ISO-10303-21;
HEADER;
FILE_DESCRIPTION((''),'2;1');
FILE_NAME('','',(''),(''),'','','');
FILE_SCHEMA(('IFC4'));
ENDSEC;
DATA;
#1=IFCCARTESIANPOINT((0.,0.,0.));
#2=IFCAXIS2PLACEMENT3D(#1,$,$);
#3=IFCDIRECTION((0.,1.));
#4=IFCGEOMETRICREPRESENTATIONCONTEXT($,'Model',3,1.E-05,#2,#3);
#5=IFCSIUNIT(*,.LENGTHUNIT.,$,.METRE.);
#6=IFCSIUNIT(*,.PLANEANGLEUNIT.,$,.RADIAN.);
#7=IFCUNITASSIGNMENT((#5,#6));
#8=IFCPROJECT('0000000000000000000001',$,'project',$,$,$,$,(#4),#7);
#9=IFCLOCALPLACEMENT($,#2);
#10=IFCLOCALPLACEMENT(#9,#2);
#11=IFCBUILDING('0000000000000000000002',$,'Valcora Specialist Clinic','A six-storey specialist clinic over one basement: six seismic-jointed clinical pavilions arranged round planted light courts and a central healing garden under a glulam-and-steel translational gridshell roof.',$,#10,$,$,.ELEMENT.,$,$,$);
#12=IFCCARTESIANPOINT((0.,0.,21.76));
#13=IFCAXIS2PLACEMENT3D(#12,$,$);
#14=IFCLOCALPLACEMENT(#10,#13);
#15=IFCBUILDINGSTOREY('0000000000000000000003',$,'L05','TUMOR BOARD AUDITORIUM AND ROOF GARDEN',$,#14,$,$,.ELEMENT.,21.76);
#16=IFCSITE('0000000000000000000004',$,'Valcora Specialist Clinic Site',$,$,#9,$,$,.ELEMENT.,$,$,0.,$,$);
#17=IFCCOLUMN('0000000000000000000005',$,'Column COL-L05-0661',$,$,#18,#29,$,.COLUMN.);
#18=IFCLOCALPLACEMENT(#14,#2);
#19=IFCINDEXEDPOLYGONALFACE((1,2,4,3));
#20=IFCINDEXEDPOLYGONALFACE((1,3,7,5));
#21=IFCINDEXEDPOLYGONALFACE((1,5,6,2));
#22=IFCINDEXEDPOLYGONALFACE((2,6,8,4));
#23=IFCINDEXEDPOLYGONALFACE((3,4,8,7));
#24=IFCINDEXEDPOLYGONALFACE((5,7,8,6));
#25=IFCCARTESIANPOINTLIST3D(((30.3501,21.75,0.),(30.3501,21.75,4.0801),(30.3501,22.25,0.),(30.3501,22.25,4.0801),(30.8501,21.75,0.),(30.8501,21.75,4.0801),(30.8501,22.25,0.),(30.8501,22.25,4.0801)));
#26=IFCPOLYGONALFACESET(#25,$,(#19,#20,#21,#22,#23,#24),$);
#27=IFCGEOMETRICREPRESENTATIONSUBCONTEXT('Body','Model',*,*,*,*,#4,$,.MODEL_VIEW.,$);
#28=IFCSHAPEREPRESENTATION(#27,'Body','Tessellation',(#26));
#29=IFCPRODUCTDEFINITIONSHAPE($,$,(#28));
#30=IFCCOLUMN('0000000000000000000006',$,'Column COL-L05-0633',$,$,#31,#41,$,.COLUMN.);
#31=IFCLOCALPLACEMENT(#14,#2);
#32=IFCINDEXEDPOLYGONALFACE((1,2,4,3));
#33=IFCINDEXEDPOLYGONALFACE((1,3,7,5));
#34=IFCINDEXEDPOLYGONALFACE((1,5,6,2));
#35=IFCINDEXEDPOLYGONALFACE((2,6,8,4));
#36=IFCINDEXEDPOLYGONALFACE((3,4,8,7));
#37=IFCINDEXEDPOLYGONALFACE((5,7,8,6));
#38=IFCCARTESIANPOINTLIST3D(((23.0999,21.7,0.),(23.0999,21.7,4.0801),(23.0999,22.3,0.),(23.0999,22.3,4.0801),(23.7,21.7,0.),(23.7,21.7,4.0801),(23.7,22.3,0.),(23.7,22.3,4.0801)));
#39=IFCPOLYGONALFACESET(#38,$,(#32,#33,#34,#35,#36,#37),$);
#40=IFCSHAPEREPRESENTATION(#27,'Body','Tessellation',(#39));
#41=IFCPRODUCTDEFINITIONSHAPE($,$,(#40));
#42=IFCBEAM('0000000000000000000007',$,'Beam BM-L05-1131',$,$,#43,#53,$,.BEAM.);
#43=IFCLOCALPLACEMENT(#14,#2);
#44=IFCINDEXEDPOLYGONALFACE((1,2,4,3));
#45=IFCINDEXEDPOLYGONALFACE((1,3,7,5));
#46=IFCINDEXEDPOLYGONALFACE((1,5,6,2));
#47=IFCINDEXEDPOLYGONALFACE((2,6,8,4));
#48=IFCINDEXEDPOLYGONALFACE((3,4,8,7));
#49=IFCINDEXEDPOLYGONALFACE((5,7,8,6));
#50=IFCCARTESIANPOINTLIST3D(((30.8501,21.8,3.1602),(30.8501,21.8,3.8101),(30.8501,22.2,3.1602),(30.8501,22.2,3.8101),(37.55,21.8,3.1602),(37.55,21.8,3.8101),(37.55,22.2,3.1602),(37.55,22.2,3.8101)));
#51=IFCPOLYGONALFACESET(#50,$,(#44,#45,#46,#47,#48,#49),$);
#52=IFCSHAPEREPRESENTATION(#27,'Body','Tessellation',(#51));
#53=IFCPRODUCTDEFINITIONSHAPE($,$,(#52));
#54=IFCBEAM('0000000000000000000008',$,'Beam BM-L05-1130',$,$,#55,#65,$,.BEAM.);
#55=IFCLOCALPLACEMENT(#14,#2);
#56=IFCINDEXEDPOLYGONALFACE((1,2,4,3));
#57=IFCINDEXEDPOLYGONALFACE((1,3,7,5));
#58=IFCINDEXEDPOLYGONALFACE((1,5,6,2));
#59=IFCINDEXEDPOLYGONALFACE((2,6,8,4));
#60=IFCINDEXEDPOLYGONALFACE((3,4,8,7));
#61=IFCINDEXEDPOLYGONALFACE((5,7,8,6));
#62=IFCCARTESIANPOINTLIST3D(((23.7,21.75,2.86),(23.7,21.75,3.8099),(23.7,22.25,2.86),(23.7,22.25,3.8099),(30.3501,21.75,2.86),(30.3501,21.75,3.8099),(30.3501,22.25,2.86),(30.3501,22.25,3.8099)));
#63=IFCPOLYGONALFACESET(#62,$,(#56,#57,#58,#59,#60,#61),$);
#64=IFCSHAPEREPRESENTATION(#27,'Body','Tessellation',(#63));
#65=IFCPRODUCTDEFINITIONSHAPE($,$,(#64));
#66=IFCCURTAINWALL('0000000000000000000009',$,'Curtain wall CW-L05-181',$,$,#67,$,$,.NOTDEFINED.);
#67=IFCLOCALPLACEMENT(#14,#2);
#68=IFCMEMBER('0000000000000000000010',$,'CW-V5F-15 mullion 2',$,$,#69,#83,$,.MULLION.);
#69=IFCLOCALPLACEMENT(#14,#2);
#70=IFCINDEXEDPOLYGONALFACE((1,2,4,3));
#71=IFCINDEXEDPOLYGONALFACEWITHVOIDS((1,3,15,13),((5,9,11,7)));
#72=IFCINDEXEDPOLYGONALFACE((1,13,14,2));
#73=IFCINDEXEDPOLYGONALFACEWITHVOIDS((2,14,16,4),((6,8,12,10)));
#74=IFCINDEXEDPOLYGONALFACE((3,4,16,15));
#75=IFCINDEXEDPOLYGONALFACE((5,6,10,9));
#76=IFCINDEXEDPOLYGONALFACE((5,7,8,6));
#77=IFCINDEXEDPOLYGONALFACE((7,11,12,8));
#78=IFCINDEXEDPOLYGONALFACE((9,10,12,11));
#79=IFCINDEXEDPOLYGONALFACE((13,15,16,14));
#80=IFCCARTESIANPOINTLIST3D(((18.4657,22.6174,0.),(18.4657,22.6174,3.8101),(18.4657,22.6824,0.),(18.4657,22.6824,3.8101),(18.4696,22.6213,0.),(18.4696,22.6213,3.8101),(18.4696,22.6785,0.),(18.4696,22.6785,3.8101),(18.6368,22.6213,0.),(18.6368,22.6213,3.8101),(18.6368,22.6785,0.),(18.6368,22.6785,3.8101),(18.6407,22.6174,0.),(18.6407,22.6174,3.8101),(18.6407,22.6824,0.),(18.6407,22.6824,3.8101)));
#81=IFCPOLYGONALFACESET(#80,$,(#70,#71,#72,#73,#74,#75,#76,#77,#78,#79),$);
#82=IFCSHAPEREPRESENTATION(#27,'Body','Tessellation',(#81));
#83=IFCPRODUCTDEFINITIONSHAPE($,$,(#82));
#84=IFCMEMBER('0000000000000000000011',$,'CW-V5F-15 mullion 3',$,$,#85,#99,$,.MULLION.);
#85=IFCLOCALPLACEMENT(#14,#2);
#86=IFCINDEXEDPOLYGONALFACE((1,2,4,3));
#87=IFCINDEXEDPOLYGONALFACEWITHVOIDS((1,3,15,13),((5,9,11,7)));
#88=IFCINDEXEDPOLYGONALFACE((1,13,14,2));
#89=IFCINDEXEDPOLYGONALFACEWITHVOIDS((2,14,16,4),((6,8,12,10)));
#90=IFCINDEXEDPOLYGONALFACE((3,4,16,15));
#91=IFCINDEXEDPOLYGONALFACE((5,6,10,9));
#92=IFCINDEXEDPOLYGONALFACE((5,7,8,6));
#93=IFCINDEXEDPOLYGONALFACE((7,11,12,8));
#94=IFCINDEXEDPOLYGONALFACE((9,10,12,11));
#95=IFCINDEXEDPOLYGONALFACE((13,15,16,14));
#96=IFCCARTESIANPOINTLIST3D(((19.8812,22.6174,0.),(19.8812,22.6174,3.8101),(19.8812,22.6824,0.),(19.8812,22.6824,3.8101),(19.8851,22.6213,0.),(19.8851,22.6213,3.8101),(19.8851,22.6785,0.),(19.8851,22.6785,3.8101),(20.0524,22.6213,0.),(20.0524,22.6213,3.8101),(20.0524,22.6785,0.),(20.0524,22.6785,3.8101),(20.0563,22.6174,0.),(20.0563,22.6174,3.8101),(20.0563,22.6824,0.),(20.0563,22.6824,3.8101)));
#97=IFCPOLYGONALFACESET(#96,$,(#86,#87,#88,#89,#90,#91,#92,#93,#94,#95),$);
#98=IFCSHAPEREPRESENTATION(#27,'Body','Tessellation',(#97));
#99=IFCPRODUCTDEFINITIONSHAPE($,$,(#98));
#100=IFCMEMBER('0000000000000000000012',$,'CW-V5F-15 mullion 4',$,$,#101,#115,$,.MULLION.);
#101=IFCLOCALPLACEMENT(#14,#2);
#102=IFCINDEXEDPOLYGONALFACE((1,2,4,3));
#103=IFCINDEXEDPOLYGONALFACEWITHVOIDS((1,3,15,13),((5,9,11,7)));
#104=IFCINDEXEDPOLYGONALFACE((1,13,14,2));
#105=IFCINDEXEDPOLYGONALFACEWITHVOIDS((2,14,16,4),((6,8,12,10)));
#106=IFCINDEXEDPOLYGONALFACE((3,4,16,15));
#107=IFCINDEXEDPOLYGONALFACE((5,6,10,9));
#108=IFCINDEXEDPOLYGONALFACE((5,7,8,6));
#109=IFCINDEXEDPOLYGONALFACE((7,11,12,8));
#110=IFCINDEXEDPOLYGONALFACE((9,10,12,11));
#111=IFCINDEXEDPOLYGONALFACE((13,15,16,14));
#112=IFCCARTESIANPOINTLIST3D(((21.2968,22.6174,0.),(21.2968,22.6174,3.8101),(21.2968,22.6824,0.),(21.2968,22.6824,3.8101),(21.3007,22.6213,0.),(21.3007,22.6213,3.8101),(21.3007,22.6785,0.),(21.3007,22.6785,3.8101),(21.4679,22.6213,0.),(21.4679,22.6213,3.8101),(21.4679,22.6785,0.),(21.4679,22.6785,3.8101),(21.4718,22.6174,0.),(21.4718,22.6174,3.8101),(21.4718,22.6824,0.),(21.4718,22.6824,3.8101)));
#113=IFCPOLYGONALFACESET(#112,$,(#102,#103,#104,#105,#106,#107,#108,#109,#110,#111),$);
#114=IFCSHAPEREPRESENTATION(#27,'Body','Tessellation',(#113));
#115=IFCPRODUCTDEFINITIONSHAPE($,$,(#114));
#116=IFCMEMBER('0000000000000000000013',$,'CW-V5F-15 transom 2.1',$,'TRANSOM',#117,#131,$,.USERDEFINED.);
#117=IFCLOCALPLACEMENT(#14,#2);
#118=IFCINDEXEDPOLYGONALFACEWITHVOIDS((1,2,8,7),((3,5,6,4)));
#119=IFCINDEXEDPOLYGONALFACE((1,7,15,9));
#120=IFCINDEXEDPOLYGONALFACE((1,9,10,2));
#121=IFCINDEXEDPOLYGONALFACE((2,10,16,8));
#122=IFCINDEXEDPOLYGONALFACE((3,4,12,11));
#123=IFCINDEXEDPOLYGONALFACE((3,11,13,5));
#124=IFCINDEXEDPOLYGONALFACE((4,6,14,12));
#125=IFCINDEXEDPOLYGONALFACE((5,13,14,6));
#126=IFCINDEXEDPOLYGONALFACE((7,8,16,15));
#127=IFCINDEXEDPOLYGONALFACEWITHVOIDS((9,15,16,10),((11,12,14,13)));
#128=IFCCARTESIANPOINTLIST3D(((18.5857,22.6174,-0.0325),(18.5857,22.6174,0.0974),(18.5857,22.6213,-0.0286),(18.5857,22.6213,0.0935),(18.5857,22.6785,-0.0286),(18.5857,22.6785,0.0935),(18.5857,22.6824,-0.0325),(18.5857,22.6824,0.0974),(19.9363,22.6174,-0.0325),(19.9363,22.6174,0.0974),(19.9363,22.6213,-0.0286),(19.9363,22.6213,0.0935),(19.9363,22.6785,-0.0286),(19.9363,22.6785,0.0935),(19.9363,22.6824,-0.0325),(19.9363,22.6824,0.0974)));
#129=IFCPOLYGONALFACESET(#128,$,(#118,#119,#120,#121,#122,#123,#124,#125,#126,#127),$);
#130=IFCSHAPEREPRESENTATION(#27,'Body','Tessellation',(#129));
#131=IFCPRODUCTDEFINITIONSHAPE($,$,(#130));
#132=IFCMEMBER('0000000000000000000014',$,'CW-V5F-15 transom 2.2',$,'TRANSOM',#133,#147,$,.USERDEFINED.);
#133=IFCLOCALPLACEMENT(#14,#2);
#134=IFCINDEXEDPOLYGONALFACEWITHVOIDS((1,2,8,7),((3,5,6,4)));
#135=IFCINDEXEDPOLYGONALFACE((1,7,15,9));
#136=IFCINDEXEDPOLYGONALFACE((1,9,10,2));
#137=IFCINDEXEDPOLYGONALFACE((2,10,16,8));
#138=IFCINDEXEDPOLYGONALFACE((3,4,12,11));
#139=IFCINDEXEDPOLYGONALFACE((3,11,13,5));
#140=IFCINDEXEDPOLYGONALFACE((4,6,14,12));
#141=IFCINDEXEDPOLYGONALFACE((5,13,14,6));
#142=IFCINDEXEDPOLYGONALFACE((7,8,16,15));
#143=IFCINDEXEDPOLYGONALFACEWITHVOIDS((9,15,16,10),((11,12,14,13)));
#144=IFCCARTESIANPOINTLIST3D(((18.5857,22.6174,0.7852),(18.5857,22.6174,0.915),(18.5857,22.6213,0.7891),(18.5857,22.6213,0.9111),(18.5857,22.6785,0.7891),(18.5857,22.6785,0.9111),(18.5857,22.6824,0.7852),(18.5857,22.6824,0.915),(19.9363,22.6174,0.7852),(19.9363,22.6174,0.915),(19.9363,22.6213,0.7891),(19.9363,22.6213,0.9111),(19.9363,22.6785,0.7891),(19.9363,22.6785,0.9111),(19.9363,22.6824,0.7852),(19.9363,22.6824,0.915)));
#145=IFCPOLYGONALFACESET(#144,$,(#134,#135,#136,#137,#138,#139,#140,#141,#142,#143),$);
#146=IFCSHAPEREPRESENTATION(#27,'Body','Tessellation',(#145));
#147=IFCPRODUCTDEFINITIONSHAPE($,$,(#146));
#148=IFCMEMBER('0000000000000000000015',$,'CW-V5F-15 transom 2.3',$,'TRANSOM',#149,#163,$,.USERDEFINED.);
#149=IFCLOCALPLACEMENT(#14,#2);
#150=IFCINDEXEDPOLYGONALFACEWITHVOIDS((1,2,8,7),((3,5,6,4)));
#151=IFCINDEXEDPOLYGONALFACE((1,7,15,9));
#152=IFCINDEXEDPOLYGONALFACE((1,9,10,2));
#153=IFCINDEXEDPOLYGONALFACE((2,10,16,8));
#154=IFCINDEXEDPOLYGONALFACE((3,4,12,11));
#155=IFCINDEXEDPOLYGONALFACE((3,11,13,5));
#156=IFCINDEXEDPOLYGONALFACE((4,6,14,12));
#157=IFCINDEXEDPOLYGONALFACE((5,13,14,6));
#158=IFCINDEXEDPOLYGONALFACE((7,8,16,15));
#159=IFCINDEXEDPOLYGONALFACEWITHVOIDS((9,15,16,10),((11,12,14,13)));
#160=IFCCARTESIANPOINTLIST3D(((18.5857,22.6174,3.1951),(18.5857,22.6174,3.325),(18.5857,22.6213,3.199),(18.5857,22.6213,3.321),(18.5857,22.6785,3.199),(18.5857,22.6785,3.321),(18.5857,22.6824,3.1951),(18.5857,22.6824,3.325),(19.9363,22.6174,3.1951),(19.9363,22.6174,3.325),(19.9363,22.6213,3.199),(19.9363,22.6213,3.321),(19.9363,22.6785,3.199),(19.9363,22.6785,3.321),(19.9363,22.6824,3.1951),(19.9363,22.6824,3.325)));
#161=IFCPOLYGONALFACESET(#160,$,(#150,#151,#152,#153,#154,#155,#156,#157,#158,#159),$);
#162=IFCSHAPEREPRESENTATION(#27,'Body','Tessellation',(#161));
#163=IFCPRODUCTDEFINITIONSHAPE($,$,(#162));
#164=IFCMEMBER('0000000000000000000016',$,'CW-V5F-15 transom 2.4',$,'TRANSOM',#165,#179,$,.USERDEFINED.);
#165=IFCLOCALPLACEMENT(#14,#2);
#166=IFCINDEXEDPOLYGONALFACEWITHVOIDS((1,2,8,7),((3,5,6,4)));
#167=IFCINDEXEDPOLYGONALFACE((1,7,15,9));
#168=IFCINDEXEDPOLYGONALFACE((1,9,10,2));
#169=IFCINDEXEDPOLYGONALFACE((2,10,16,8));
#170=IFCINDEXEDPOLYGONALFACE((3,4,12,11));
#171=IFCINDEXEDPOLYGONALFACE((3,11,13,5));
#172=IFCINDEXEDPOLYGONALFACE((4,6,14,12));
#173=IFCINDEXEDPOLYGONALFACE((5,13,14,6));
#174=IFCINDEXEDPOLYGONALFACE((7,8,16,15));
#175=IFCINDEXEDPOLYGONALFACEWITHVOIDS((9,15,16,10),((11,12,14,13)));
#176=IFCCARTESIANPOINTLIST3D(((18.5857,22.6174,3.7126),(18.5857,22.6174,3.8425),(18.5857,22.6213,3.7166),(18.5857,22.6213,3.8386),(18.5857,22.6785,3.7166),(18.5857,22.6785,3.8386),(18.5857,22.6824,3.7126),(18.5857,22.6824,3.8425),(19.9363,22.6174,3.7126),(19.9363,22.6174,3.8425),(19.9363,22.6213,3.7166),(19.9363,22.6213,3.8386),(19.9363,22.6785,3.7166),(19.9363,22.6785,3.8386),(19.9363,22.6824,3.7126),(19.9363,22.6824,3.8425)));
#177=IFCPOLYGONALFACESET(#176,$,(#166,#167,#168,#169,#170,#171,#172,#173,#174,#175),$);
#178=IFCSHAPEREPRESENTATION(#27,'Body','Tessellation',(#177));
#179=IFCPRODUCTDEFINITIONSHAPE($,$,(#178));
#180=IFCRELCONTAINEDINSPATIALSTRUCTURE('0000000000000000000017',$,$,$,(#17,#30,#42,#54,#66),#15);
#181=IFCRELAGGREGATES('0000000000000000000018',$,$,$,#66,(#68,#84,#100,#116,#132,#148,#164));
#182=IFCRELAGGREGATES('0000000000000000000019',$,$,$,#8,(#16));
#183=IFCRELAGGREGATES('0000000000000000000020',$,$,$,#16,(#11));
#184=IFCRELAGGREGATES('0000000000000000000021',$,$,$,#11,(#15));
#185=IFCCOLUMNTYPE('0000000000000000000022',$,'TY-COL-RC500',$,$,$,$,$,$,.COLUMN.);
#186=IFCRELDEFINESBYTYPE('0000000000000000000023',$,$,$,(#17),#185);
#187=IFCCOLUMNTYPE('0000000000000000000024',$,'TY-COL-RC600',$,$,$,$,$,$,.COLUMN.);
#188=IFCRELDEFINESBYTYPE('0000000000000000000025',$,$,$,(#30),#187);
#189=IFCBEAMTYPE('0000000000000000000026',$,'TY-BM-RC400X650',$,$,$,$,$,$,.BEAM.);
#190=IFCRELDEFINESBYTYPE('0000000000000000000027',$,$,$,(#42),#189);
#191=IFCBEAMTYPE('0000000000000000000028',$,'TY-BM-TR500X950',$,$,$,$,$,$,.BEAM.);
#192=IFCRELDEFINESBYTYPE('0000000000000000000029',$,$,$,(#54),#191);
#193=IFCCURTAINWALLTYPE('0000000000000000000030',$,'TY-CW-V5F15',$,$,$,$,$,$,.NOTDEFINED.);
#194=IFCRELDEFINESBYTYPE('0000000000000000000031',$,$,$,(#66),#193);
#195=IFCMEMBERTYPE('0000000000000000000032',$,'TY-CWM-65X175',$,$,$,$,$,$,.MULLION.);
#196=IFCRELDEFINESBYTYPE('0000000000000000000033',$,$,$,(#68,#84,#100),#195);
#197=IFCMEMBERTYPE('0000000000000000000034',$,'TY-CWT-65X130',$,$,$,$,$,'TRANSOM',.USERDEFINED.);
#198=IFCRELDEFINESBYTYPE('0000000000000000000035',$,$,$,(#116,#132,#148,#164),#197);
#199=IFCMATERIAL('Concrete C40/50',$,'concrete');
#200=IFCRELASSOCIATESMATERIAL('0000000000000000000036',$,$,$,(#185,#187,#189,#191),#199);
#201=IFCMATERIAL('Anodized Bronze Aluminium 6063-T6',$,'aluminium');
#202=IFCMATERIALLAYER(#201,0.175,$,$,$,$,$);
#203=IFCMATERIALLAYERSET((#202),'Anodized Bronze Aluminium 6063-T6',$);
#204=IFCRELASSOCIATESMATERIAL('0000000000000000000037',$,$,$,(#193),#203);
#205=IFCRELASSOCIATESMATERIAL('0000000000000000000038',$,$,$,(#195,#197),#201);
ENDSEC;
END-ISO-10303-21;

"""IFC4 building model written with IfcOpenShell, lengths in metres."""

from ifc_helpers import new_model, si_unit, direction, frame, origin, origin_2d, place, context, subcontext, project, spatial, rectangle, hollow_rectangle, extrude, material, layer, layer_set, material_profile, profile_set, type_object, element, aggregate, save


model = new_model("IFC4")

# Units and contexts
model_context = context("Model", 3, precision=1e-05, world=origin(), true_north=direction((0.0, 1.0)))
body_context = subcontext(model_context, "Body", "Model", "MODEL_VIEW")
ifc_project = project(units=[si_unit("LENGTHUNIT", "METRE"), si_unit("PLANEANGLEUNIT", "RADIAN")], contexts=[model_context])

# Site, building, storey
site_placement = place(None, origin())
site = spatial("IfcSite", under=ifc_project, at=site_placement, Name="Valcora Specialist Clinic Site", CompositionType="ELEMENT", RefElevation=0.0)
building_placement = place(site_placement, origin())
building = spatial("IfcBuilding", under=site, at=building_placement, Name="Valcora Specialist Clinic", Description="A six-storey specialist clinic over one basement: six seismic-jointed clinical pavilions arranged round planted light courts and a central healing garden under a glulam-and-steel translational gridshell roof.", CompositionType="ELEMENT")
storey_placement = place(building_placement, frame((0.0, 0.0, 21.76)))
storey = spatial("IfcBuildingStorey", under=building, at=storey_placement, Name="L05", Description="TUMOR BOARD AUDITORIUM AND ROOF GARDEN", CompositionType="ELEMENT", Elevation=21.76)

# Columns
ifc_material_1 = material(Name="Concrete C40/50", Category="concrete")
ifc_material_profile_1 = material_profile(ifc_material_1, rectangle(XDim=0.5, YDim=0.5, at=origin_2d()), Name="RC-COL-500X500")
ifc_profile_set_1 = profile_set([ifc_material_profile_1], Name="Concrete C40/50")
column_type_1 = type_object("IfcColumnType", Name="TY-COL-RC500", PredefinedType="COLUMN", material=ifc_profile_set_1)
column_1_placement = place(storey_placement, frame((30.6001, 22.0, 0.0), z_axis=(0.0, 0.0, 1.0), x_axis=(1.0, 0.0, 0.0)))
element("IfcColumn", 1, at=column_1_placement, inside=storey, type_object=column_type_1, Name="Column COL-L05-0661", PredefinedType="COLUMN", context=body_context, shape_type="SweptSolid", body=[
    extrude(rectangle(XDim=0.5, YDim=0.5, at=origin_2d()), origin(), (0.0, 0.0, 1.0), 4.0801),
])
ifc_material_profile_2 = material_profile(ifc_material_1, rectangle(XDim=0.6001, YDim=0.6001, at=origin_2d()), Name="RC-COL-600X600")
ifc_profile_set_2 = profile_set([ifc_material_profile_2], Name="Concrete C40/50")
column_type_2 = type_object("IfcColumnType", Name="TY-COL-RC600", PredefinedType="COLUMN", material=ifc_profile_set_2)
column_2_placement = place(storey_placement, frame((23.3999, 22.0, 0.0), z_axis=(0.0, 0.0, 1.0), x_axis=(1.0, 0.0, 0.0)))
element("IfcColumn", 2, at=column_2_placement, inside=storey, type_object=column_type_2, Name="Column COL-L05-0633", PredefinedType="COLUMN", context=body_context, shape_type="SweptSolid", body=[
    extrude(rectangle(XDim=0.6001, YDim=0.6001, at=origin_2d()), origin(), (0.0, 0.0, 1.0), 4.0801),
])

# Beams
ifc_material_profile_3 = material_profile(ifc_material_1, rectangle(XDim=0.3999, YDim=0.6499, at=origin_2d()), Name="RC-BM-400X650")
ifc_profile_set_3 = profile_set([ifc_material_profile_3], Name="Concrete C40/50")
beam_type_1 = type_object("IfcBeamType", Name="TY-BM-RC400X650", PredefinedType="BEAM", material=ifc_profile_set_3)
beam_1_placement = place(storey_placement, frame((30.8501, 22.0, 3.4851), z_axis=(1.0, 0.0, 0.0), x_axis=(0.0, 1.0, 0.0)))
element("IfcBeam", 3, at=beam_1_placement, inside=storey, type_object=beam_type_1, Name="Beam BM-L05-1131", PredefinedType="BEAM", context=body_context, shape_type="SweptSolid", body=[
    extrude(rectangle(XDim=0.3999, YDim=0.6499, at=origin_2d()), origin(), (0.0, 0.0, 1.0), 6.7),
])
ifc_material_profile_4 = material_profile(ifc_material_1, rectangle(XDim=0.5, YDim=0.95, at=origin_2d()), Name="RC-BM-500X950")
ifc_profile_set_4 = profile_set([ifc_material_profile_4], Name="Concrete C40/50")
beam_type_2 = type_object("IfcBeamType", Name="TY-BM-TR500X950", PredefinedType="BEAM", material=ifc_profile_set_4)
beam_2_placement = place(storey_placement, frame((23.7, 22.0, 3.335), z_axis=(1.0, 0.0, 0.0), x_axis=(0.0, 1.0, 0.0)))
element("IfcBeam", 4, at=beam_2_placement, inside=storey, type_object=beam_type_2, Name="Beam BM-L05-1130", PredefinedType="BEAM", context=body_context, shape_type="SweptSolid", body=[
    extrude(rectangle(XDim=0.5, YDim=0.95, at=origin_2d()), origin(), (0.0, 0.0, 1.0), 6.6501),
])

# Curtain wall, members
ifc_material_2 = material(Name="Anodized Bronze Aluminium 6063-T6", Category="aluminium")
ifc_layer_1 = layer(ifc_material_2, 0.175)
ifc_layer_set_1 = layer_set([ifc_layer_1], Name="Anodized Bronze Aluminium 6063-T6")
curtain_wall_type = type_object("IfcCurtainWallType", Name="TY-CW-V5F15", PredefinedType="NOTDEFINED", material=ifc_layer_set_1)
curtain_wall_placement = place(storey_placement, origin())
curtain_wall = element("IfcCurtainWall", 5, at=curtain_wall_placement, inside=storey, type_object=curtain_wall_type, Name="Curtain wall CW-L05-181", PredefinedType="NOTDEFINED")
ifc_material_profile_5 = material_profile(ifc_material_2, hollow_rectangle(XDim=0.0649, YDim=0.175, WallThickness=0.0039, at=origin_2d()), Name="AL-MUL-65X175")
ifc_profile_set_5 = profile_set([ifc_material_profile_5], Name="Anodized Bronze Aluminium 6063-T6")
member_type_1 = type_object("IfcMemberType", Name="TY-CWM-65X175", PredefinedType="MULLION", material=ifc_profile_set_5)
member_1_placement = place(storey_placement, frame((18.5532, 22.6499, 0.0), z_axis=(0.0, 0.0, 1.0), x_axis=(0.0, 1.0, 0.0)))
member_1 = element("IfcMember", 6, at=member_1_placement, type_object=member_type_1, Name="CW-V5F-15 mullion 2", PredefinedType="MULLION", context=body_context, shape_type="SweptSolid", body=[
    extrude(hollow_rectangle(XDim=0.0649, YDim=0.175, WallThickness=0.0039, at=origin_2d()), origin(), (0.0, 0.0, 1.0), 3.8101),
])
member_2_placement = place(storey_placement, frame((19.9688, 22.6499, 0.0), z_axis=(0.0, 0.0, 1.0), x_axis=(0.0, 1.0, 0.0)))
member_2 = element("IfcMember", 7, at=member_2_placement, type_object=member_type_1, Name="CW-V5F-15 mullion 3", PredefinedType="MULLION", context=body_context, shape_type="SweptSolid", body=[
    extrude(hollow_rectangle(XDim=0.0649, YDim=0.175, WallThickness=0.0039, at=origin_2d()), origin(), (0.0, 0.0, 1.0), 3.8101),
])
member_3_placement = place(storey_placement, frame((21.3843, 22.6499, 0.0), z_axis=(0.0, 0.0, 1.0), x_axis=(0.0, 1.0, 0.0)))
member_3 = element("IfcMember", 8, at=member_3_placement, type_object=member_type_1, Name="CW-V5F-15 mullion 4", PredefinedType="MULLION", context=body_context, shape_type="SweptSolid", body=[
    extrude(hollow_rectangle(XDim=0.0649, YDim=0.175, WallThickness=0.0039, at=origin_2d()), origin(), (0.0, 0.0, 1.0), 3.8101),
])
ifc_material_profile_6 = material_profile(ifc_material_2, hollow_rectangle(XDim=0.0649, YDim=0.1299, WallThickness=0.0039, at=origin_2d()), Name="AL-TRN-65X130")
ifc_profile_set_6 = profile_set([ifc_material_profile_6], Name="Anodized Bronze Aluminium 6063-T6")
member_type_2 = type_object("IfcMemberType", Name="TY-CWT-65X130", ElementType="TRANSOM", PredefinedType="USERDEFINED", material=ifc_profile_set_6)
member_4_placement = place(storey_placement, frame((18.5857, 22.6499, 0.0325), z_axis=(1.0, 0.0, 0.0), x_axis=(0.0, 1.0, 0.0)))
member_4 = element("IfcMember", 9, at=member_4_placement, type_object=member_type_2, Name="CW-V5F-15 transom 2.1", ObjectType="TRANSOM", PredefinedType="USERDEFINED", context=body_context, shape_type="SweptSolid", body=[
    extrude(hollow_rectangle(XDim=0.0649, YDim=0.1299, WallThickness=0.0039, at=origin_2d()), origin(), (0.0, 0.0, 1.0), 1.3506),
])
member_5_placement = place(storey_placement, frame((18.5857, 22.6499, 0.8501), z_axis=(1.0, 0.0, 0.0), x_axis=(0.0, 1.0, 0.0)))
member_5 = element("IfcMember", 10, at=member_5_placement, type_object=member_type_2, Name="CW-V5F-15 transom 2.2", ObjectType="TRANSOM", PredefinedType="USERDEFINED", context=body_context, shape_type="SweptSolid", body=[
    extrude(hollow_rectangle(XDim=0.0649, YDim=0.1299, WallThickness=0.0039, at=origin_2d()), origin(), (0.0, 0.0, 1.0), 1.3506),
])
member_6_placement = place(storey_placement, frame((18.5857, 22.6499, 3.26), z_axis=(1.0, 0.0, 0.0), x_axis=(0.0, 1.0, 0.0)))
member_6 = element("IfcMember", 11, at=member_6_placement, type_object=member_type_2, Name="CW-V5F-15 transom 2.3", ObjectType="TRANSOM", PredefinedType="USERDEFINED", context=body_context, shape_type="SweptSolid", body=[
    extrude(hollow_rectangle(XDim=0.0649, YDim=0.1299, WallThickness=0.0039, at=origin_2d()), origin(), (0.0, 0.0, 1.0), 1.3506),
])
member_7_placement = place(storey_placement, frame((18.5857, 22.6499, 3.7776), z_axis=(1.0, 0.0, 0.0), x_axis=(0.0, 1.0, 0.0)))
member_7 = element("IfcMember", 12, at=member_7_placement, type_object=member_type_2, Name="CW-V5F-15 transom 2.4", ObjectType="TRANSOM", PredefinedType="USERDEFINED", context=body_context, shape_type="SweptSolid", body=[
    extrude(hollow_rectangle(XDim=0.0649, YDim=0.1299, WallThickness=0.0039, at=origin_2d()), origin(), (0.0, 0.0, 1.0), 1.3506),
])
aggregate(curtain_wall, [member_1, member_2, member_3, member_4, member_5, member_6, member_7])

save(model, "model.ifc")
